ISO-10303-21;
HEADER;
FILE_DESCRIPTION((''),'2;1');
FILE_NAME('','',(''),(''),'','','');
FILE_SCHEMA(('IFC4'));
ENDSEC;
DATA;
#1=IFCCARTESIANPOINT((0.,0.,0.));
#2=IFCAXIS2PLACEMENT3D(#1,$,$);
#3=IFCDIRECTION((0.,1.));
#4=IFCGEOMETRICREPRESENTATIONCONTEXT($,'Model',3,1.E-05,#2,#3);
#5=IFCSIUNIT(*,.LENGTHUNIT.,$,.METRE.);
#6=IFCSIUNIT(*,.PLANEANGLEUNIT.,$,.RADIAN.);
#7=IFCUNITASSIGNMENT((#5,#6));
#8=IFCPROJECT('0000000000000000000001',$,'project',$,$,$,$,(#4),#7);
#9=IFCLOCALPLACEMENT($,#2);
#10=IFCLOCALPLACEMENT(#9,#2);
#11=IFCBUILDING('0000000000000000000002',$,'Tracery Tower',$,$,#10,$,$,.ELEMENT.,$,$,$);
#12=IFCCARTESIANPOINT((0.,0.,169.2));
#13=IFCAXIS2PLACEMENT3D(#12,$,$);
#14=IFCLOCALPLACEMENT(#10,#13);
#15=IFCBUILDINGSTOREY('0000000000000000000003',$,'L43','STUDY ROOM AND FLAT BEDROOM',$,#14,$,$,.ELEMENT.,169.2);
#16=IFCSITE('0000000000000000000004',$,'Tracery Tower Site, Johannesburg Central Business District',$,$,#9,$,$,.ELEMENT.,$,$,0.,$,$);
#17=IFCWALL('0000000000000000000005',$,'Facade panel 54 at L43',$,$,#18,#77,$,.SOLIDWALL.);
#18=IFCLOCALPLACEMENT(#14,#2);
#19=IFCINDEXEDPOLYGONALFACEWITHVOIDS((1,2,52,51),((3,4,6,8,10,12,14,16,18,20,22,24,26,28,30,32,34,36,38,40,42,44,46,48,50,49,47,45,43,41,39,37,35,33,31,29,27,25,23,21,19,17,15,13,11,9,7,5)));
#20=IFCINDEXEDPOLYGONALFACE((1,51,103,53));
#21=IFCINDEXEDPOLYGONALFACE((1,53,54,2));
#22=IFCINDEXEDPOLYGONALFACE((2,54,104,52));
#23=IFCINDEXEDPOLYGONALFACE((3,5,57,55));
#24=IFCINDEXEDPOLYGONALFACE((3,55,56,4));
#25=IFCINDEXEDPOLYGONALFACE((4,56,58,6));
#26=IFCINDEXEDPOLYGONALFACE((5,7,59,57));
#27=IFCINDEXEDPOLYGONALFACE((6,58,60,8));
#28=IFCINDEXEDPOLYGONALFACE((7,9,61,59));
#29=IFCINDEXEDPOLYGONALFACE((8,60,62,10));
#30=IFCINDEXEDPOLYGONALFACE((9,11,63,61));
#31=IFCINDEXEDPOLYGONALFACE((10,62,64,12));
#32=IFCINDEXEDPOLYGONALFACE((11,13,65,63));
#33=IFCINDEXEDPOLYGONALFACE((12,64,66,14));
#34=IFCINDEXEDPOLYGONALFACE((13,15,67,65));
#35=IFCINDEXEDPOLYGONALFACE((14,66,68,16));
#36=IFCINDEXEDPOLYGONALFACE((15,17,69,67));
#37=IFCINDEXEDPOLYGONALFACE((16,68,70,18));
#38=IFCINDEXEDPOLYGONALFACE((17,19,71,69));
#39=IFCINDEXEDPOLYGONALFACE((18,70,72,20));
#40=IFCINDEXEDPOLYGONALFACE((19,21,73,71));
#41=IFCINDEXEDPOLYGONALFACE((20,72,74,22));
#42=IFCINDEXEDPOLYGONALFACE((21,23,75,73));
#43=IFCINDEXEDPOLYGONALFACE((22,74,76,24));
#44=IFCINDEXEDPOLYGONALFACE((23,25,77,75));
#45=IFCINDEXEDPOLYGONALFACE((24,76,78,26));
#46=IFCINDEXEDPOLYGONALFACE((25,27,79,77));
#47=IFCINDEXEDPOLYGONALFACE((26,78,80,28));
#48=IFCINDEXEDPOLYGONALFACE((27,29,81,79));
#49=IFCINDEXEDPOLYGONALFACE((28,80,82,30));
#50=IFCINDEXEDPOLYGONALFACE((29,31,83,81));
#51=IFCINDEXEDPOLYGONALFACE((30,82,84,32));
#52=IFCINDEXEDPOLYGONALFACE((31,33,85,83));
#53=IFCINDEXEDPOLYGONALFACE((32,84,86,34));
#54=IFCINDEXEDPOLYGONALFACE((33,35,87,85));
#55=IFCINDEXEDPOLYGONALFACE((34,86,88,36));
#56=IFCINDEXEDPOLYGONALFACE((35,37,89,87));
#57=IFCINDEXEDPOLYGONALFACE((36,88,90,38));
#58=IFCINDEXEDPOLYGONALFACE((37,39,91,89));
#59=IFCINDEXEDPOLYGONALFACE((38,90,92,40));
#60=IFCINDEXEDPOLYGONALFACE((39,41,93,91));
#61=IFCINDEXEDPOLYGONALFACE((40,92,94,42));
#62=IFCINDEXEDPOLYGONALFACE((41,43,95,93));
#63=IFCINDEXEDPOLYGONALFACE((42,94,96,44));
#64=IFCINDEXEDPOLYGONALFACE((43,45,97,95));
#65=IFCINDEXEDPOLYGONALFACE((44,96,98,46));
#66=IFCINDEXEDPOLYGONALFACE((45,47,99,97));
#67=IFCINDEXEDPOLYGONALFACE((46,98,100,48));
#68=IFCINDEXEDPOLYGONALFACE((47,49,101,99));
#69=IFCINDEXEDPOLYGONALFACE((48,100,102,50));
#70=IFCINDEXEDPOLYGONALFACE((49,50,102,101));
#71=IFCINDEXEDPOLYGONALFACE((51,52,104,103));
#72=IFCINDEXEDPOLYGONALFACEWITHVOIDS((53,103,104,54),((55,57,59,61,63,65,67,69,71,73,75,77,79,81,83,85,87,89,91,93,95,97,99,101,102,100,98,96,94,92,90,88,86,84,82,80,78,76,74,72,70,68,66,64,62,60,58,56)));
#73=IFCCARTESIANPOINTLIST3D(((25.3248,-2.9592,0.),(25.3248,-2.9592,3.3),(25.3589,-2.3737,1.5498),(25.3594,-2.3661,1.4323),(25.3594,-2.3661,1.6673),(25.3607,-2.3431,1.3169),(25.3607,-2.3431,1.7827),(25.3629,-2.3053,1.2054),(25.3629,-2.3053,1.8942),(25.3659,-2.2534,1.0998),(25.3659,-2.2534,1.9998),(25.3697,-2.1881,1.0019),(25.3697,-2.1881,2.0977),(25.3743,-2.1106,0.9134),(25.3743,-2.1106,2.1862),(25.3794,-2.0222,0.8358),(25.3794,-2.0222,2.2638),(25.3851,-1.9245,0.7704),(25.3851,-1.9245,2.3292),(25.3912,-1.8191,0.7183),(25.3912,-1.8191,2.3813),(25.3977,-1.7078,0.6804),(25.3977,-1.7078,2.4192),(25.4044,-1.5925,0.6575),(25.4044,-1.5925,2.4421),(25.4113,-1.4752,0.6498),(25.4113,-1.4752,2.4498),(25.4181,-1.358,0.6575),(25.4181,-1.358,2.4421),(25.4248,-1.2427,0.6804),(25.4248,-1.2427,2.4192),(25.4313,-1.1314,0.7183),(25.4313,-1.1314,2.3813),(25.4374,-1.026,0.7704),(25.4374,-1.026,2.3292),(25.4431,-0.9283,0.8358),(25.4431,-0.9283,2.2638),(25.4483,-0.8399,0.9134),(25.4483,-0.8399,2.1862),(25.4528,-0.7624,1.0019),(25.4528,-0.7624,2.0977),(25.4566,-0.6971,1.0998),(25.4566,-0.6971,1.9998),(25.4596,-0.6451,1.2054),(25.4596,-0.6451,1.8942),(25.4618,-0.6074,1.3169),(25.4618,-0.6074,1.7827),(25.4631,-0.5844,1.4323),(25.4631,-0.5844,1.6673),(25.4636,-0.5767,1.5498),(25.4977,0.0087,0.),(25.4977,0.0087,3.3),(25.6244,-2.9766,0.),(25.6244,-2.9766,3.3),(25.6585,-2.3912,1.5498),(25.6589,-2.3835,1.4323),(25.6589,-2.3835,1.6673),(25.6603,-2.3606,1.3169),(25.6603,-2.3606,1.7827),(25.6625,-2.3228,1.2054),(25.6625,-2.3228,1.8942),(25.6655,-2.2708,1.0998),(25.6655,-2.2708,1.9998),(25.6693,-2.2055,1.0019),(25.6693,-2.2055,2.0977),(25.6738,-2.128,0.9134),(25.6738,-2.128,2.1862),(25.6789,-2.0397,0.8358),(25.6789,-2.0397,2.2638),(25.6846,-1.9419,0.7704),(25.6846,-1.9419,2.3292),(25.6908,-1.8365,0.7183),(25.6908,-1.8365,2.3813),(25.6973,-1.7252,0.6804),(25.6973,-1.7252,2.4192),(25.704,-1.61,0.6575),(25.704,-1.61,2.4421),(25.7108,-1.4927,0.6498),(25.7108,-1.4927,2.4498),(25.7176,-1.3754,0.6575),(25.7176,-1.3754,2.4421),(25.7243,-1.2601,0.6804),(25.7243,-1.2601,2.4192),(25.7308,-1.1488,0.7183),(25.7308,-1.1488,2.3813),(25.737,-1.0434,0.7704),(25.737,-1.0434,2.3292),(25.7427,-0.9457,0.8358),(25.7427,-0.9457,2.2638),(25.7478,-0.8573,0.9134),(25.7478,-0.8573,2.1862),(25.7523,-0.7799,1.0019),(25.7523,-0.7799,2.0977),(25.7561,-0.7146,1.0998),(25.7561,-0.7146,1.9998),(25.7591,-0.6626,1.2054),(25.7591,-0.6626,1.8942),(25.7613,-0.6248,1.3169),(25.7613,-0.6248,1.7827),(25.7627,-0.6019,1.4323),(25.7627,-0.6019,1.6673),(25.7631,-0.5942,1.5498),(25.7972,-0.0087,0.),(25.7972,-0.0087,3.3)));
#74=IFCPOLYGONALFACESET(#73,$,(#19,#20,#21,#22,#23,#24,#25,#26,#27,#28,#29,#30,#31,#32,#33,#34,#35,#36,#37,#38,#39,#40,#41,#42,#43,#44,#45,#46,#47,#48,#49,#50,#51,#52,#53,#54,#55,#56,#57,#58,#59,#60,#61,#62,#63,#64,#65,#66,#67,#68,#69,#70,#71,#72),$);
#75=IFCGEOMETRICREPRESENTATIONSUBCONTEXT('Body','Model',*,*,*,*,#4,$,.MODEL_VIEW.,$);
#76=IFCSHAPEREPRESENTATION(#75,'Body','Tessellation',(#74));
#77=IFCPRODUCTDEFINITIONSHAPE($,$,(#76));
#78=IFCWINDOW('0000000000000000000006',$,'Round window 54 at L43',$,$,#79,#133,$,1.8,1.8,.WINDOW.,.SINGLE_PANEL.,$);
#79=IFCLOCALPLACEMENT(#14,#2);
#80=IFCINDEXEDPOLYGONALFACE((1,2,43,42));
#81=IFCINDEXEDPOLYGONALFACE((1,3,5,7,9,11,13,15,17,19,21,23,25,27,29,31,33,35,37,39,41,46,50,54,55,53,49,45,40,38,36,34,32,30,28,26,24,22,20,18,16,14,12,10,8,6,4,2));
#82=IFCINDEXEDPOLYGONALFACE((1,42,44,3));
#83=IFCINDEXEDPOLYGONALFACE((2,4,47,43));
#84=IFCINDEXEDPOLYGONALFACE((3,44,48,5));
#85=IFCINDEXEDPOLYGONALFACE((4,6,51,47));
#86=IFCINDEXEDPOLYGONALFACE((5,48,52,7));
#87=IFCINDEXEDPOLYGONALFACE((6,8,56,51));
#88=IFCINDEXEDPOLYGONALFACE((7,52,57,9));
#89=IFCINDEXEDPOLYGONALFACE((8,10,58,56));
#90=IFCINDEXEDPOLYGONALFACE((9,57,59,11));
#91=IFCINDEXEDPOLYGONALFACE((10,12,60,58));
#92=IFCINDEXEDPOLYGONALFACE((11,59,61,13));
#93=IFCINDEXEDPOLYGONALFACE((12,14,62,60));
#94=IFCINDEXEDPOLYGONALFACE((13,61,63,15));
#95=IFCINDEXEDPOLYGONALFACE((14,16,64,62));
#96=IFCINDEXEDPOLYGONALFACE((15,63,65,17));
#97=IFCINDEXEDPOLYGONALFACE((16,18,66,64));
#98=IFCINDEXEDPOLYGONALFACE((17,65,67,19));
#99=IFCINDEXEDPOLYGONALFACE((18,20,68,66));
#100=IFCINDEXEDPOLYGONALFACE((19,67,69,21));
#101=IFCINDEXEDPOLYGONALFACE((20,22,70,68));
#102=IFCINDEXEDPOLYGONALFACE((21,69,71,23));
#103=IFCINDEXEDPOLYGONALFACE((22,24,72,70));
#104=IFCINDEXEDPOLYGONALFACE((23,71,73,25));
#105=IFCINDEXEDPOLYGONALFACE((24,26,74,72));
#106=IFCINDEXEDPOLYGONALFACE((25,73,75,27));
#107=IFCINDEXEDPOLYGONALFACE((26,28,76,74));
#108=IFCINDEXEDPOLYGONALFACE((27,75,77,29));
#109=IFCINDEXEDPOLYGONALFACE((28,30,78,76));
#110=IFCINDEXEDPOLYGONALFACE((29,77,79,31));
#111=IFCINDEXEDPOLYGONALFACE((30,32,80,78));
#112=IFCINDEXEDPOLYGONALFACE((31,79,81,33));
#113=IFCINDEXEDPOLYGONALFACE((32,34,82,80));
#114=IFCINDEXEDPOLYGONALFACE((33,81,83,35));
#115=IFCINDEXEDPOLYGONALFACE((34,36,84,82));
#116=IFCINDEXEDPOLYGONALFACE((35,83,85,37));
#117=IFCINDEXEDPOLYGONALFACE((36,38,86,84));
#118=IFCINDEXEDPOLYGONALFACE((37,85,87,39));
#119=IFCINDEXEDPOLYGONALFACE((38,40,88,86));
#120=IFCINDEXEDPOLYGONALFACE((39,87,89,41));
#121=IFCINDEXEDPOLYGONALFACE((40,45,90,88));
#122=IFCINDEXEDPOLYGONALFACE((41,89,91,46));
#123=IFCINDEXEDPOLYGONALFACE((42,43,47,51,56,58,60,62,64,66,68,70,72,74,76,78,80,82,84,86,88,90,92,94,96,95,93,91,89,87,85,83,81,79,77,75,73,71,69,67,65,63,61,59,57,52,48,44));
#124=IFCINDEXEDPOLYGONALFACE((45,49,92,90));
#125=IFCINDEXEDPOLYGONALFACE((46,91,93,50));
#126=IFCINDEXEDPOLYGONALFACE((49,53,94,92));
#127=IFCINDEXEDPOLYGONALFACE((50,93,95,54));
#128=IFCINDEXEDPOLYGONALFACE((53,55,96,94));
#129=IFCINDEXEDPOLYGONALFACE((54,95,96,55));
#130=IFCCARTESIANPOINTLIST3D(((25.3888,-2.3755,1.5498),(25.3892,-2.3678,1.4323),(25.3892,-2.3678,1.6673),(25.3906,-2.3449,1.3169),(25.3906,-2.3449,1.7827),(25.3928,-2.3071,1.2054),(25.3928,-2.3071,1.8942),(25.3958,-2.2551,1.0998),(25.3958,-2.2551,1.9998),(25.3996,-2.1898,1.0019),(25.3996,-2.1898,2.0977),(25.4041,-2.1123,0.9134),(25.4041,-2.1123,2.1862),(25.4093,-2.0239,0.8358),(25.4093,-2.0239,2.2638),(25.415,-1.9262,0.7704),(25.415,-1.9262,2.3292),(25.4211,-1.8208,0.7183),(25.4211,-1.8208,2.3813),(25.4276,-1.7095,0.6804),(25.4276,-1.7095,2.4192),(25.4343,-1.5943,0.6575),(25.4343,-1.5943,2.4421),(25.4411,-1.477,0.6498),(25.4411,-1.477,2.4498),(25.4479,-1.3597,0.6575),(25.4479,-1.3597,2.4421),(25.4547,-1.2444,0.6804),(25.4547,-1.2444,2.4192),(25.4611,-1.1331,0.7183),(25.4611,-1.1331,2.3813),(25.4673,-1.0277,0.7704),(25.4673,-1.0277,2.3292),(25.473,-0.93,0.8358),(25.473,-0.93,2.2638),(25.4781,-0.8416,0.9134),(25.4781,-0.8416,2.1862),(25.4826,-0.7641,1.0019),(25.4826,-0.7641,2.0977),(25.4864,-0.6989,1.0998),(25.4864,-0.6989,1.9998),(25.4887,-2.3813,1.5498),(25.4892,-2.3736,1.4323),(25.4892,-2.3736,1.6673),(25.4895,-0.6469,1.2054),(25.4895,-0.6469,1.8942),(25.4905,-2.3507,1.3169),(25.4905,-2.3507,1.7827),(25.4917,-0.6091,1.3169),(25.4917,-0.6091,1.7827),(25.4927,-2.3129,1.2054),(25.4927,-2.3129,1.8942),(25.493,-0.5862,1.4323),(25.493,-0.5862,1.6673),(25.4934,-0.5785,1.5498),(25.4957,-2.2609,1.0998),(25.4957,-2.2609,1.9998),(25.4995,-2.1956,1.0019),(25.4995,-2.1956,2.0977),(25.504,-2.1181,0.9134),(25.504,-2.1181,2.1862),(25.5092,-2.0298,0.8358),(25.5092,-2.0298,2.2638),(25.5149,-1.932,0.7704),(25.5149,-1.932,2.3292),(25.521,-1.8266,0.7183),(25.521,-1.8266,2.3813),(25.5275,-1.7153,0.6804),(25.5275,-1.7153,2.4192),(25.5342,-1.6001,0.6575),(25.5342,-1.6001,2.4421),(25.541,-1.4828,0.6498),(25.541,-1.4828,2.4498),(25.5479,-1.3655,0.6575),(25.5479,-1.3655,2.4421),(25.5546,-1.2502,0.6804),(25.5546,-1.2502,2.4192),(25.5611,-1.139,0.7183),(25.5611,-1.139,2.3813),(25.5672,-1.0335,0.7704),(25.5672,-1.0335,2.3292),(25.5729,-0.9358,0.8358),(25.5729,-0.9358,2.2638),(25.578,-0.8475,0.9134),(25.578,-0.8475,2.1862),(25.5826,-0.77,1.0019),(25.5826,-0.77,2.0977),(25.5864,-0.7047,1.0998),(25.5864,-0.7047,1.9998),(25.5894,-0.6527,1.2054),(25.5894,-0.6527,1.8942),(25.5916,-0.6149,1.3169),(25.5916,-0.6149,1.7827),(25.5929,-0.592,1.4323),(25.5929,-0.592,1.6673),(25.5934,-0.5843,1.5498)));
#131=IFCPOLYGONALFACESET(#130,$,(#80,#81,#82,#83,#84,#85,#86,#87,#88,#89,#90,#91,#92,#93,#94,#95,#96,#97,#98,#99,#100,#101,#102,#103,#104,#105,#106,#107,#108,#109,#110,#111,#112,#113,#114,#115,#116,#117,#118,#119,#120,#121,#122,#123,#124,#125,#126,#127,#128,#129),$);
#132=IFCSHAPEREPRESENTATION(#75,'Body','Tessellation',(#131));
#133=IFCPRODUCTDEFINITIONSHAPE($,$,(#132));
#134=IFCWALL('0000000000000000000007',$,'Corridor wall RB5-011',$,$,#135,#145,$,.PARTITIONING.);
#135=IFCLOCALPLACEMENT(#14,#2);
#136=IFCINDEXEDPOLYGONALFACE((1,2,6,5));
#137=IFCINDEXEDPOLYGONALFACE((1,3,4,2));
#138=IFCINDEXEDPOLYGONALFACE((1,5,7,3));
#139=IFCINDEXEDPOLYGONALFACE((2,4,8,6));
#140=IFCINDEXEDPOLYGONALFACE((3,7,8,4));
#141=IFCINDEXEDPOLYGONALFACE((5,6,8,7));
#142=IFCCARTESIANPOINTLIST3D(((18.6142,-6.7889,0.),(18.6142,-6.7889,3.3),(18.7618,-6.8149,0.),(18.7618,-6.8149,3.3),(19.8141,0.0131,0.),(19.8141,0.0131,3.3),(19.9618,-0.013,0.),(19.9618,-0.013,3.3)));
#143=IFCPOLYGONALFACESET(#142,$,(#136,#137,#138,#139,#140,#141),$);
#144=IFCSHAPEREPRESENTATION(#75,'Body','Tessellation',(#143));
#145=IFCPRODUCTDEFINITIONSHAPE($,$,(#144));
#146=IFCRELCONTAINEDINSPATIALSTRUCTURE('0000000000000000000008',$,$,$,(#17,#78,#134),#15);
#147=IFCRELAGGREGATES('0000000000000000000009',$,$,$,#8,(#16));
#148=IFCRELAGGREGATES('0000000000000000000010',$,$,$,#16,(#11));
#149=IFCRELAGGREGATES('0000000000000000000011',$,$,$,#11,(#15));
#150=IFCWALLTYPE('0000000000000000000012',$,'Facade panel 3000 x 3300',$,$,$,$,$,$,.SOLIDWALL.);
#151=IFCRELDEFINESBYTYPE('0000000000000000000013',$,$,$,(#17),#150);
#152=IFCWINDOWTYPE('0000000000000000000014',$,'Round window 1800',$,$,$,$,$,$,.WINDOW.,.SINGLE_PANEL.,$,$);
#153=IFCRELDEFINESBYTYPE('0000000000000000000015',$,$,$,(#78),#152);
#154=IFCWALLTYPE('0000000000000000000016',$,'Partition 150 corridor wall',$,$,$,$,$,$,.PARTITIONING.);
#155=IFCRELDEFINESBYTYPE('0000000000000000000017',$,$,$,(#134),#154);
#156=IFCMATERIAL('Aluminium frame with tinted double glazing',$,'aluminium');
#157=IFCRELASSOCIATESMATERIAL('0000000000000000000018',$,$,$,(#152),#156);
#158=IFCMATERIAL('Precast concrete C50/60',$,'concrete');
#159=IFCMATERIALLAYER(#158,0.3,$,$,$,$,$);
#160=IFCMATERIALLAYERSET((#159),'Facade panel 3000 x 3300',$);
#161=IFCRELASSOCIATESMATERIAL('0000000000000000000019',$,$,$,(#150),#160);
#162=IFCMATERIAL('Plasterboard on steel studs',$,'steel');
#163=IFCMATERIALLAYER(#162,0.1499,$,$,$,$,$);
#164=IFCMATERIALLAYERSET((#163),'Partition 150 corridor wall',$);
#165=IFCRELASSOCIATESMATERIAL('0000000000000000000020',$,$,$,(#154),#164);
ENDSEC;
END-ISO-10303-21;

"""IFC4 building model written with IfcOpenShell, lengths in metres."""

from ifc_helpers import new_model, si_unit, direction, frame, frame_2d, origin, origin_2d, place, context, subcontext, project, spatial, rectangle, circle, extrude, material, layer, layer_set, type_object, element, fill, save


model = new_model("IFC4")

# Units and contexts
model_context = context("Model", 3, precision=1e-05, world=origin(), true_north=direction((0.0, 1.0)))
body_context = subcontext(model_context, "Body", "Model", "MODEL_VIEW")
ifc_project = project(units=[si_unit("LENGTHUNIT", "METRE"), si_unit("PLANEANGLEUNIT", "RADIAN")], contexts=[model_context])

# Site, building, storey
site_placement = place(None, origin())
site = spatial("IfcSite", under=ifc_project, at=site_placement, Name="Tracery Tower Site, Johannesburg Central Business District", CompositionType="ELEMENT", RefElevation=0.0)
building_placement = place(site_placement, origin())
building = spatial("IfcBuilding", under=site, at=building_placement, Name="Tracery Tower", CompositionType="ELEMENT")
storey_placement = place(building_placement, frame((0.0, 0.0, 169.2)))
storey = spatial("IfcBuildingStorey", under=building, at=storey_placement, Name="L43", Description="STUDY ROOM AND FLAT BEDROOM", CompositionType="ELEMENT", Elevation=169.2)

# Wall, opening, window
ifc_material_1 = material(Name="Aluminium frame with tinted double glazing", Category="aluminium")
window_type = type_object("IfcWindowType", Name="Round window 1800", PartitioningType="SINGLE_PANEL", PredefinedType="WINDOW", material=ifc_material_1)
ifc_material_2 = material(Name="Precast concrete C50/60", Category="concrete")
ifc_layer_1 = layer(ifc_material_2, 0.3)
ifc_layer_set_1 = layer_set([ifc_layer_1], Name="Facade panel 3000 x 3300")
wall_type_1 = type_object("IfcWallType", Name="Facade panel 3000 x 3300", PredefinedType="SOLIDWALL", material=ifc_layer_set_1)
wall_1_placement = place(storey_placement, frame((25.4746, -2.9678, 0.0), z_axis=(0.0, 0.0, 1.0), x_axis=(0.058144, 0.998308, 0.0)))
wall_1 = element("IfcWall", 1, at=wall_1_placement, inside=storey, type_object=wall_type_1, Name="Facade panel 54 at L43", PredefinedType="SOLIDWALL", context=body_context, shape_type="SweptSolid", body=[
    extrude(rectangle(XDim=2.9729, YDim=0.3, at=frame_2d((1.4863, 0.0))), origin(), (0.0, 0.0, 1.0), 3.3),
])
opening_1_placement = place(wall_1_placement, frame((1.4863, 0.0, 1.5498)))
opening_1 = element("IfcOpeningElement", 2, at=opening_1_placement, cuts=wall_1, PredefinedType="OPENING", context=body_context, shape_type="SweptSolid", body=[
    extrude(circle(Radius=0.9, at=origin_2d()), frame((0.0, 0.1599, 0.0), z_axis=(0.0, -1.0, 0.0), x_axis=(1.0, 0.0, 0.0)), (0.0, 0.0, 1.0), 0.3201),
])
window_1_placement = place(opening_1_placement, origin())
window_1 = element("IfcWindow", 3, at=window_1_placement, inside=storey, type_object=window_type, Name="Round window 54 at L43", OverallHeight=1.8, OverallWidth=1.8, PartitioningType="SINGLE_PANEL", PredefinedType="WINDOW", context=body_context, shape_type="SweptSolid", body=[
    extrude(circle(Radius=0.9, at=origin_2d()), frame((0.0, 0.1201, 0.0), z_axis=(0.0, -1.0, 0.0), x_axis=(1.0, 0.0, 0.0)), (0.0, 0.0, 1.0), 0.1001),
])
fill(opening_1, window_1)

# Wall
ifc_material_3 = material(Name="Plasterboard on steel studs", Category="steel")
ifc_layer_2 = layer(ifc_material_3, 0.1499)
ifc_layer_set_2 = layer_set([ifc_layer_2], Name="Partition 150 corridor wall")
wall_type_2 = type_object("IfcWallType", Name="Partition 150 corridor wall", PredefinedType="PARTITIONING", material=ifc_layer_set_2)
wall_2_placement = place(storey_placement, frame((18.688, -6.802, 0.0), z_axis=(0.0, 0.0, 1.0), x_axis=(0.173729, 0.984794, 0.0)))
element("IfcWall", 4, at=wall_2_placement, inside=storey, type_object=wall_type_2, Name="Corridor wall RB5-011", PredefinedType="PARTITIONING", context=body_context, shape_type="SweptSolid", body=[
    extrude(rectangle(XDim=6.907, YDim=0.1499, at=frame_2d((3.4536, 0.0))), origin(), (0.0, 0.0, 1.0), 3.3),
])

save(model, "model.ifc")
